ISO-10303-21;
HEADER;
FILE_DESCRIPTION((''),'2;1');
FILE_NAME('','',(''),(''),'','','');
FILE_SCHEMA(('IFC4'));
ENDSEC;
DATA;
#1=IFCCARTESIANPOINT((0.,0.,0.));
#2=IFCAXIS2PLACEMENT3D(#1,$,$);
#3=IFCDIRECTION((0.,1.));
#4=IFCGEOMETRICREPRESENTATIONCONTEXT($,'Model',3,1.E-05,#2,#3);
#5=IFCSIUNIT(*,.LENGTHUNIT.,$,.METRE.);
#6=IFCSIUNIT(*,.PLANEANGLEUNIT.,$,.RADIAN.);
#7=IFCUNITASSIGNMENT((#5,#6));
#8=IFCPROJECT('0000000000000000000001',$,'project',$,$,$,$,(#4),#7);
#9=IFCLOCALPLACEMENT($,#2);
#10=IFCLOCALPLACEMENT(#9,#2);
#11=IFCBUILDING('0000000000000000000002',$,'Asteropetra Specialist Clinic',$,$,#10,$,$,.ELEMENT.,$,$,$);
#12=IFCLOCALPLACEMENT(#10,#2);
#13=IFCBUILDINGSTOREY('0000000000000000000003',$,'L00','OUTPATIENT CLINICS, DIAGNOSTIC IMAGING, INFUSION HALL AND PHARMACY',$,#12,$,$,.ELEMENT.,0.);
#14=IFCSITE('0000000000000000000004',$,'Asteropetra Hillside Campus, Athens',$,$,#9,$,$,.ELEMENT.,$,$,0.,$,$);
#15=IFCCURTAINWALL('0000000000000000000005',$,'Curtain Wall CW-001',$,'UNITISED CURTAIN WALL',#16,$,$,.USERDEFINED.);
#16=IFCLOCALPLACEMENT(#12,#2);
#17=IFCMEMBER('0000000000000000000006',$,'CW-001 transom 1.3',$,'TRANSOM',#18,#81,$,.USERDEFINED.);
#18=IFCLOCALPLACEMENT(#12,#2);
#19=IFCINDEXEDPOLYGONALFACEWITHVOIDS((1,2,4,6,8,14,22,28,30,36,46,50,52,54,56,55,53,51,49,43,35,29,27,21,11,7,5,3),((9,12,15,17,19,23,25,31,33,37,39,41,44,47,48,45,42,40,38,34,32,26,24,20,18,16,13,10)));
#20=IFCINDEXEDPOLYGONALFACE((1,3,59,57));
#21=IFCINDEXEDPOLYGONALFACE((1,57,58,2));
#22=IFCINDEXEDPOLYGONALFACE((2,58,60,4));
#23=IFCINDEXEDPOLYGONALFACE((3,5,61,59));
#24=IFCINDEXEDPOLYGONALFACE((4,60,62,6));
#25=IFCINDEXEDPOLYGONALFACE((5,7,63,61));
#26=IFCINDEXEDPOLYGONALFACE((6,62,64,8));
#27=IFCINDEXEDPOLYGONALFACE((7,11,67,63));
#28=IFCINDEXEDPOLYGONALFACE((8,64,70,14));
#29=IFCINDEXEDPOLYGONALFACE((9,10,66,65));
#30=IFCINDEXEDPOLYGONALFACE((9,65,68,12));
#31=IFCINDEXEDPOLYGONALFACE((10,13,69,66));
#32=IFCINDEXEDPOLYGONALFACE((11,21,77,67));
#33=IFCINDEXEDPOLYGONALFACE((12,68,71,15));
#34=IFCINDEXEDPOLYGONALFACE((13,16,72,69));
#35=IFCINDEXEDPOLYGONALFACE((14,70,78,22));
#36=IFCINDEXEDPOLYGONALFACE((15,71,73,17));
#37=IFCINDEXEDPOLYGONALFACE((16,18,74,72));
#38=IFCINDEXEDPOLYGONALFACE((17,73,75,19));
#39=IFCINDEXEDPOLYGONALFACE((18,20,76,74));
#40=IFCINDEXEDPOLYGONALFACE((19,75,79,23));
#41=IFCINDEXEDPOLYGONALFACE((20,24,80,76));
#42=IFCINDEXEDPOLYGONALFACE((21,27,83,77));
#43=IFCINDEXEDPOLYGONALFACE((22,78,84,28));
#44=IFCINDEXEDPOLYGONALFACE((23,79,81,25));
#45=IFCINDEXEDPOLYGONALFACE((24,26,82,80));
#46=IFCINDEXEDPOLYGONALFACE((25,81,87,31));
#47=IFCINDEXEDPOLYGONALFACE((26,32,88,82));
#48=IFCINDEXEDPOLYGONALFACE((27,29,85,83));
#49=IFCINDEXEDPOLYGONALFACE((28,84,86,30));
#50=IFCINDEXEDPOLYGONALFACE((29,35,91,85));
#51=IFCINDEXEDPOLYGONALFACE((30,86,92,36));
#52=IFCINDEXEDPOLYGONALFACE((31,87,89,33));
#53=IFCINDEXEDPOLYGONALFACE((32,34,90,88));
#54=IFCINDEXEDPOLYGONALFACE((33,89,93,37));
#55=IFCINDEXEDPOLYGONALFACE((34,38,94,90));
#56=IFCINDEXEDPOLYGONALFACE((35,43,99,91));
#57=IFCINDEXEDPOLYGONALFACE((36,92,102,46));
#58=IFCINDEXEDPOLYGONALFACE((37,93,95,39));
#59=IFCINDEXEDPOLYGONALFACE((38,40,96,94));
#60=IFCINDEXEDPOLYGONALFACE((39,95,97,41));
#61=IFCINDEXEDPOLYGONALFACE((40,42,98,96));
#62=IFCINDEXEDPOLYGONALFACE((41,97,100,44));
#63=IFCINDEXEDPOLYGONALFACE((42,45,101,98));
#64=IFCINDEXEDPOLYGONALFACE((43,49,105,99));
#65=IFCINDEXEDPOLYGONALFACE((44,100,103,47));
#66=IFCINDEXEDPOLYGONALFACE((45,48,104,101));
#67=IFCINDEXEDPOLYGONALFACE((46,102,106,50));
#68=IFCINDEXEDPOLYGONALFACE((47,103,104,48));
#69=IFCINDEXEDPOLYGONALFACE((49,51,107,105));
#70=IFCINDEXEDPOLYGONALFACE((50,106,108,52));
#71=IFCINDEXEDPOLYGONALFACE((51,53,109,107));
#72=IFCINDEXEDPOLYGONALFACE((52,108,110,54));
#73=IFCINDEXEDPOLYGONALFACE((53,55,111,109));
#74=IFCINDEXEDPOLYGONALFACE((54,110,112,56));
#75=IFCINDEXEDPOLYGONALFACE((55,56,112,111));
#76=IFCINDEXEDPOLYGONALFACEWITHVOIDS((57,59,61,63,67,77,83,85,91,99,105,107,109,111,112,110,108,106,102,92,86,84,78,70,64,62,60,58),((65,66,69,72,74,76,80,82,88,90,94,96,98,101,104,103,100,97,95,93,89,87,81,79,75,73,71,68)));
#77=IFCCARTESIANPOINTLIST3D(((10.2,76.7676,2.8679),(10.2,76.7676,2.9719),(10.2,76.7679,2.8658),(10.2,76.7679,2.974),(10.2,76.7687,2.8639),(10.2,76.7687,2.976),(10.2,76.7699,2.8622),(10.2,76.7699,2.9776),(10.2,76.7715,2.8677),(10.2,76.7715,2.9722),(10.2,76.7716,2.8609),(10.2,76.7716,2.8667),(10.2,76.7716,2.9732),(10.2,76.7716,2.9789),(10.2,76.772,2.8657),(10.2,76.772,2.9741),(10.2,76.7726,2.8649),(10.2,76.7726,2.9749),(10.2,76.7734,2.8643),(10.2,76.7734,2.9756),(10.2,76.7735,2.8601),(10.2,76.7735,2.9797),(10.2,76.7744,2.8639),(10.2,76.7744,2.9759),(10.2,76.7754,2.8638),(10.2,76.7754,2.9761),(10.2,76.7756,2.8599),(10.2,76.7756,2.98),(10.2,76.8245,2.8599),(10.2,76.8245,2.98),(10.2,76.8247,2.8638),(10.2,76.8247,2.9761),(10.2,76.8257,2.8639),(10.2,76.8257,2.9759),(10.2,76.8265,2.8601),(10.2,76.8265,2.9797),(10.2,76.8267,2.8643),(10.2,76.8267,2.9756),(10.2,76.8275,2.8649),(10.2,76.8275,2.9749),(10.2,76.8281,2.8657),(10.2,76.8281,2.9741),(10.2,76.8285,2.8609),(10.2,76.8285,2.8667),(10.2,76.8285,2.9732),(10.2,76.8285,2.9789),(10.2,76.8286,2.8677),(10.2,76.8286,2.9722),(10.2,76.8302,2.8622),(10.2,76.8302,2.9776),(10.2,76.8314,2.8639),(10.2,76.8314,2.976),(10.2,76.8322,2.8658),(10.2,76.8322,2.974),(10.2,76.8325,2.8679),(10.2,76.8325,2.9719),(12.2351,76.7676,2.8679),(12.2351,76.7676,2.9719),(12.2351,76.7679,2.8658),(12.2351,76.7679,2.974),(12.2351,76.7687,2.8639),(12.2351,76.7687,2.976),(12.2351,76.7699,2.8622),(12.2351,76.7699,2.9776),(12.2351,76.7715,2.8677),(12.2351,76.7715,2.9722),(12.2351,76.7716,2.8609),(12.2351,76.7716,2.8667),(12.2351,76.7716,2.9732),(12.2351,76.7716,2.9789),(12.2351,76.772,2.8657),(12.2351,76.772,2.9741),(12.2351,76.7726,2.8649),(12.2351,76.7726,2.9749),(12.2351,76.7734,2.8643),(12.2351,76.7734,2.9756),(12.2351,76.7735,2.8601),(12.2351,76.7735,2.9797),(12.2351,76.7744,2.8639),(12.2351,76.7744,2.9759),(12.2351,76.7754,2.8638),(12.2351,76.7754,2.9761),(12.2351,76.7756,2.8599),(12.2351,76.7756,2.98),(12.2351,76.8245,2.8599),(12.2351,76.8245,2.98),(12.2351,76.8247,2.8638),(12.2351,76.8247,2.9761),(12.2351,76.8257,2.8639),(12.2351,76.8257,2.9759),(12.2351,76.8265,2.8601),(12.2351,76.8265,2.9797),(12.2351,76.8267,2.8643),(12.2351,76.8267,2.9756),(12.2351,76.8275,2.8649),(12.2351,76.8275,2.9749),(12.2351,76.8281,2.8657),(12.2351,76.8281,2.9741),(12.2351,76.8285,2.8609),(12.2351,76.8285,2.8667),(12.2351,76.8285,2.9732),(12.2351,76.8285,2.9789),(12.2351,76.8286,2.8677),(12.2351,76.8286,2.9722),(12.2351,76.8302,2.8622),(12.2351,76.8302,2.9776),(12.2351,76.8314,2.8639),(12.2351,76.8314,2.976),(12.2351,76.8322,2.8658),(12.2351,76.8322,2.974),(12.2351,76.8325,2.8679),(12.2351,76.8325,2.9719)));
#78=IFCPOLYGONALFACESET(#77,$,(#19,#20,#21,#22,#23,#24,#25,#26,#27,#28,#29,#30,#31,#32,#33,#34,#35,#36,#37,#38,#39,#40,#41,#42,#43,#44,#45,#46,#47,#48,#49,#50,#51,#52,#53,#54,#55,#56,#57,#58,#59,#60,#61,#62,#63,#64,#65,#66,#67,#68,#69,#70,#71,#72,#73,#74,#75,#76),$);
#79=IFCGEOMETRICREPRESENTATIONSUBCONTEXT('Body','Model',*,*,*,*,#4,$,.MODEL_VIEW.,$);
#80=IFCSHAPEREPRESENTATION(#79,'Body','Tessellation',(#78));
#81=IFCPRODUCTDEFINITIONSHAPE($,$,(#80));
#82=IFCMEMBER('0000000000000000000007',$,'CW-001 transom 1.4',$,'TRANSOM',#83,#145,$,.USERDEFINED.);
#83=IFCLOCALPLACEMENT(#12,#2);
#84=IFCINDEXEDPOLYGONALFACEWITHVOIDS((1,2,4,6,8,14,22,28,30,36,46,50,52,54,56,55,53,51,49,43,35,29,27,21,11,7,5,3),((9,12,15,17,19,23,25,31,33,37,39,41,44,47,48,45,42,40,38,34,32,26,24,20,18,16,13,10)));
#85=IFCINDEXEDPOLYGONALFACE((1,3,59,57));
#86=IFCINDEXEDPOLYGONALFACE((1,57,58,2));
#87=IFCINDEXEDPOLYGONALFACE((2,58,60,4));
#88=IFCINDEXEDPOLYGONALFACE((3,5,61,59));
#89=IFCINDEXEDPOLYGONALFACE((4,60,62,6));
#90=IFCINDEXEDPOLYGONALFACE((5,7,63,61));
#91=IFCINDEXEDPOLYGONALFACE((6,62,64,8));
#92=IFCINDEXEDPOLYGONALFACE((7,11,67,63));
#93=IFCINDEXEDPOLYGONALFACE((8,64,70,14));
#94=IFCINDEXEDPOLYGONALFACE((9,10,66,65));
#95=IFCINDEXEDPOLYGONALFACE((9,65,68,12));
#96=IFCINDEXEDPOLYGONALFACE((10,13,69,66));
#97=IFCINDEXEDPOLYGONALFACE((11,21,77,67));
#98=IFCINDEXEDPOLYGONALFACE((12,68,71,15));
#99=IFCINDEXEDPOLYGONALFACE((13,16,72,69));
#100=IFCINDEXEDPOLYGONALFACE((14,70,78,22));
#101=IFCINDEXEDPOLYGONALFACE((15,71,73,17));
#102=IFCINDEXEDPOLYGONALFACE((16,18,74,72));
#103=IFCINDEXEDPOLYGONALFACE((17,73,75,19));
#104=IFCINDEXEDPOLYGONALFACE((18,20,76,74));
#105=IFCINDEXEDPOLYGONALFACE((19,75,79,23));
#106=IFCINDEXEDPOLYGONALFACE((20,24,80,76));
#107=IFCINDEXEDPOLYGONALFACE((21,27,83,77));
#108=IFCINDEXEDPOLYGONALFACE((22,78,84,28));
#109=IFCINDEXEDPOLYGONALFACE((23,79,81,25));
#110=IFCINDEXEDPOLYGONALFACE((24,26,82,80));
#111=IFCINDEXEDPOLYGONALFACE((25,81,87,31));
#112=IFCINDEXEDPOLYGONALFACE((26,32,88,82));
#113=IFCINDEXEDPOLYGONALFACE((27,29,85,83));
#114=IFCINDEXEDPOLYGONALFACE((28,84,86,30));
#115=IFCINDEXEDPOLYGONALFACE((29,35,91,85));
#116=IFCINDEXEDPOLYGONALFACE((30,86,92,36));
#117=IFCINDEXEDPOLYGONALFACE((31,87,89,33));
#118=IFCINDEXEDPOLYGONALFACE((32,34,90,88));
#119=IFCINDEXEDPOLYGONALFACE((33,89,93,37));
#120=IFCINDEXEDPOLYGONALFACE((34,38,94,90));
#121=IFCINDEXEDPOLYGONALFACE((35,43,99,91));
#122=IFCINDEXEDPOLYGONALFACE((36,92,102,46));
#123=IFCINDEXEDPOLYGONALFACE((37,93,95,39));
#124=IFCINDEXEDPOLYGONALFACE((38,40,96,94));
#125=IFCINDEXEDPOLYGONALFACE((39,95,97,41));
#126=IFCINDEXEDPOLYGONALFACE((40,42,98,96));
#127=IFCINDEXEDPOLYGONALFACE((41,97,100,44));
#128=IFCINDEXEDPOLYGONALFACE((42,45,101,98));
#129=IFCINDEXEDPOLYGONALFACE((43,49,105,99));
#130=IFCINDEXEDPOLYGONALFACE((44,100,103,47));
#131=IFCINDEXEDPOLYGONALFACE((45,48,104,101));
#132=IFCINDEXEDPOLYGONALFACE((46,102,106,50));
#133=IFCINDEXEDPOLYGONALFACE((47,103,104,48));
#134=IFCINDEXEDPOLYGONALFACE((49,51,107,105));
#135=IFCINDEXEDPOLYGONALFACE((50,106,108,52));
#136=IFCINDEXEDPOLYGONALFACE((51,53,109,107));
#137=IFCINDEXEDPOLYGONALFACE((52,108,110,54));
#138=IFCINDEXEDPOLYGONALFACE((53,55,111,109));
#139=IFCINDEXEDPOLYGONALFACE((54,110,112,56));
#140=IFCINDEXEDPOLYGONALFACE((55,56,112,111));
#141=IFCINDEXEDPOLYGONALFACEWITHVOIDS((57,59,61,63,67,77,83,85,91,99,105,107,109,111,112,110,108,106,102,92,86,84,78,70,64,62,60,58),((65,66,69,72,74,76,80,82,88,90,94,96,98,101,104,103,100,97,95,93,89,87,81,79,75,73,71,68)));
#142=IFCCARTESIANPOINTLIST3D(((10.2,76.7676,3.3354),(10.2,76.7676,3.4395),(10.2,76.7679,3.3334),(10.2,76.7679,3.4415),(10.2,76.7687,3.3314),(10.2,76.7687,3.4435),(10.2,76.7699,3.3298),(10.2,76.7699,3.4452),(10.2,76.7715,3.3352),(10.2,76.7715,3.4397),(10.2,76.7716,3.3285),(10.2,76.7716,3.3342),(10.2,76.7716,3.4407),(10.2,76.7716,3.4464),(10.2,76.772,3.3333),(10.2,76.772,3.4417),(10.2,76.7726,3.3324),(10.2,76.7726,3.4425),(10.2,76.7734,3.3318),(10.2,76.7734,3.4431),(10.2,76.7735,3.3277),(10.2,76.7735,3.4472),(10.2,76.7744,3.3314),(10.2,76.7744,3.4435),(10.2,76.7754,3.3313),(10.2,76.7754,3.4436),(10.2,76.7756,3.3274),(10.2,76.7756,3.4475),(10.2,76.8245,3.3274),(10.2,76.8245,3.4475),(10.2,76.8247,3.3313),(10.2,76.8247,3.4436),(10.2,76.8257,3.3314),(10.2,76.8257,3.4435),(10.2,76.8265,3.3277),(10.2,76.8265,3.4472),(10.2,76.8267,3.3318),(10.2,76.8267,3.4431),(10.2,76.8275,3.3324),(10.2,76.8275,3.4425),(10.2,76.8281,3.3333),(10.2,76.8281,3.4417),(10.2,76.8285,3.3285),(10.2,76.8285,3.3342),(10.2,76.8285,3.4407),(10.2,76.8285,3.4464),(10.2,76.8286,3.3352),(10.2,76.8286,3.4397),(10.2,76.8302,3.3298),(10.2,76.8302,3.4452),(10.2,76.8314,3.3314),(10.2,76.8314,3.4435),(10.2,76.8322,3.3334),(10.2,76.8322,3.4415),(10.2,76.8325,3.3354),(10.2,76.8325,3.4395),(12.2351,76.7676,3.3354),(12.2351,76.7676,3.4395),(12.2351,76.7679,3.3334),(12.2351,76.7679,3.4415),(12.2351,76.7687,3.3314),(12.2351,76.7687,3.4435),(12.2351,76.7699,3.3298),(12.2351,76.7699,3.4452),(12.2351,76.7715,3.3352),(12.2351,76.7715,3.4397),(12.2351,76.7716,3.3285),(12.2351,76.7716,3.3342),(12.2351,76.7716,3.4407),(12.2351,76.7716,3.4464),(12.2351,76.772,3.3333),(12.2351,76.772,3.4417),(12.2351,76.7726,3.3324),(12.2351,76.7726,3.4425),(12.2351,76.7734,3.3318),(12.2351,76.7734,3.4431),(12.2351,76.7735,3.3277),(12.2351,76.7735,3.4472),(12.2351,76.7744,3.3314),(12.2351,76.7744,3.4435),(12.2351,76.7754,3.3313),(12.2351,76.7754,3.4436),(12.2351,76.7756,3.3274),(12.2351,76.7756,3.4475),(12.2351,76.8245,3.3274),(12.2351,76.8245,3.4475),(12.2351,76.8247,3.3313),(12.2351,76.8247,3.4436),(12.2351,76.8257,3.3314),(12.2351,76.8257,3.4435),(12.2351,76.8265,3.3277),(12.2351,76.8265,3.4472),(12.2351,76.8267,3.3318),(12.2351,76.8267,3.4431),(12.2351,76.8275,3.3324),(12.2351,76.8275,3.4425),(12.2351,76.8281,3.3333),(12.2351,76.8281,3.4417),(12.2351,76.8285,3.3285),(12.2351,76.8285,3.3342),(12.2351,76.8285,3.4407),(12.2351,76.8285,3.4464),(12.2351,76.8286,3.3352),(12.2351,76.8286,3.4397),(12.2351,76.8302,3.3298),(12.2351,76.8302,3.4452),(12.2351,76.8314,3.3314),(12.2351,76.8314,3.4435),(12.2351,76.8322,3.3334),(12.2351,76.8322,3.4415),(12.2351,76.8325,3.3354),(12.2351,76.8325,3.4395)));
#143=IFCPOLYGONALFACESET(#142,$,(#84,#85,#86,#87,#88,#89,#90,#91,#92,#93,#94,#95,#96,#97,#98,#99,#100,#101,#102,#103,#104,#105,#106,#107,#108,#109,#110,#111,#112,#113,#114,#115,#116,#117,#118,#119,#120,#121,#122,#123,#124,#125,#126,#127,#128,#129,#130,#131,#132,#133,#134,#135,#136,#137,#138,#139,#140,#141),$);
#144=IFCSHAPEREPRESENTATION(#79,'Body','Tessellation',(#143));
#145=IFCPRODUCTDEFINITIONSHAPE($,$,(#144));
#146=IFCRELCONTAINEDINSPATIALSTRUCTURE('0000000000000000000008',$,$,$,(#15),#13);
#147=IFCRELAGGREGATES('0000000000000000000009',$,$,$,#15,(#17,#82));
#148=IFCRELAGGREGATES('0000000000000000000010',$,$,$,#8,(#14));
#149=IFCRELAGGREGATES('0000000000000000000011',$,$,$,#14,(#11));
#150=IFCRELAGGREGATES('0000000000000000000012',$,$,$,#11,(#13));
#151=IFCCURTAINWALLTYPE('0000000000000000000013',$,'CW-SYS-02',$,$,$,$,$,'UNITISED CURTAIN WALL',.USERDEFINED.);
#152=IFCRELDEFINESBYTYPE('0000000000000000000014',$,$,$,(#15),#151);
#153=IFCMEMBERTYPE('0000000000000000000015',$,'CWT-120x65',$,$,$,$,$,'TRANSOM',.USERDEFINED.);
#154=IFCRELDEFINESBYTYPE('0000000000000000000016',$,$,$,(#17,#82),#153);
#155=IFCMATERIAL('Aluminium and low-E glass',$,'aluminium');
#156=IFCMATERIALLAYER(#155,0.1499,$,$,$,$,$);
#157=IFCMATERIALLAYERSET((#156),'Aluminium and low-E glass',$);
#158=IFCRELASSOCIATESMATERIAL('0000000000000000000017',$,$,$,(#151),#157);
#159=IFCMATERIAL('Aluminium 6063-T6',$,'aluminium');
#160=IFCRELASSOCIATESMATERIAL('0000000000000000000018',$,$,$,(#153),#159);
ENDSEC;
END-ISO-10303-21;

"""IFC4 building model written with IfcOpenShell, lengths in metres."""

from ifc_helpers import new_model, si_unit, direction, frame, origin, origin_2d, place, context, subcontext, project, spatial, hollow_rectangle, extrude, material, layer, layer_set, material_profile, profile_set, type_object, element, aggregate, save


model = new_model("IFC4")

# Units and contexts
model_context = context("Model", 3, precision=1e-05, world=origin(), true_north=direction((0.0, 1.0)))
body_context = subcontext(model_context, "Body", "Model", "MODEL_VIEW")
ifc_project = project(units=[si_unit("LENGTHUNIT", "METRE"), si_unit("PLANEANGLEUNIT", "RADIAN")], contexts=[model_context])

# Site, building, storey
site_placement = place(None, origin())
site = spatial("IfcSite", under=ifc_project, at=site_placement, Name="Asteropetra Hillside Campus, Athens", CompositionType="ELEMENT", RefElevation=0.0)
building_placement = place(site_placement, origin())
building = spatial("IfcBuilding", under=site, at=building_placement, Name="Asteropetra Specialist Clinic", CompositionType="ELEMENT")
storey_placement = place(building_placement, origin())
storey = spatial("IfcBuildingStorey", under=building, at=storey_placement, Name="L00", Description="OUTPATIENT CLINICS, DIAGNOSTIC IMAGING, INFUSION HALL AND PHARMACY", CompositionType="ELEMENT", Elevation=0.0)

# Curtain wall, members
ifc_material_1 = material(Name="Aluminium and low-E glass", Category="aluminium")
ifc_layer_1 = layer(ifc_material_1, 0.1499)
ifc_layer_set_1 = layer_set([ifc_layer_1], Name="Aluminium and low-E glass")
curtain_wall_type = type_object("IfcCurtainWallType", Name="CW-SYS-02", ElementType="UNITISED CURTAIN WALL", PredefinedType="USERDEFINED", material=ifc_layer_set_1)
curtain_wall_placement = place(storey_placement, origin())
curtain_wall = element("IfcCurtainWall", 1, at=curtain_wall_placement, inside=storey, type_object=curtain_wall_type, Name="Curtain Wall CW-001", ObjectType="UNITISED CURTAIN WALL", PredefinedType="USERDEFINED")
ifc_material_2 = material(Name="Aluminium 6063-T6", Category="aluminium")
ifc_material_profile_1 = material_profile(ifc_material_2, hollow_rectangle(XDim=0.0649, YDim=0.1201, WallThickness=0.0039, InnerFilletRadius=0.0039, OuterFilletRadius=0.0081, at=origin_2d()), Name="TRN 120x65x4.0")
ifc_profile_set_1 = profile_set([ifc_material_profile_1], Name="Aluminium 6063-T6")
member_type_1 = type_object("IfcMemberType", Name="CWT-120x65", ElementType="TRANSOM", PredefinedType="USERDEFINED", material=ifc_profile_set_1)
member_1_placement = place(storey_placement, frame((10.2, 76.8, 2.9199), z_axis=(1.0, 0.0, 0.0), x_axis=(0.0, 1.0, 0.0)))
member_1 = element("IfcMember", 2, at=member_1_placement, type_object=member_type_1, Name="CW-001 transom 1.3", ObjectType="TRANSOM", PredefinedType="USERDEFINED", context=body_context, shape_type="SweptSolid", body=[
    extrude(hollow_rectangle(XDim=0.0649, YDim=0.1201, WallThickness=0.0039, InnerFilletRadius=0.0039, OuterFilletRadius=0.0081, at=origin_2d()), origin(), (0.0, 0.0, 1.0), 2.0352),
])
member_2_placement = place(storey_placement, frame((10.2, 76.8, 3.3875), z_axis=(1.0, 0.0, 0.0), x_axis=(0.0, 1.0, 0.0)))
member_2 = element("IfcMember", 3, at=member_2_placement, type_object=member_type_1, Name="CW-001 transom 1.4", ObjectType="TRANSOM", PredefinedType="USERDEFINED", context=body_context, shape_type="SweptSolid", body=[
    extrude(hollow_rectangle(XDim=0.0649, YDim=0.1201, WallThickness=0.0039, InnerFilletRadius=0.0039, OuterFilletRadius=0.0081, at=origin_2d()), origin(), (0.0, 0.0, 1.0), 2.0352),
])
aggregate(curtain_wall, [member_1, member_2])

save(model, "model.ifc")
